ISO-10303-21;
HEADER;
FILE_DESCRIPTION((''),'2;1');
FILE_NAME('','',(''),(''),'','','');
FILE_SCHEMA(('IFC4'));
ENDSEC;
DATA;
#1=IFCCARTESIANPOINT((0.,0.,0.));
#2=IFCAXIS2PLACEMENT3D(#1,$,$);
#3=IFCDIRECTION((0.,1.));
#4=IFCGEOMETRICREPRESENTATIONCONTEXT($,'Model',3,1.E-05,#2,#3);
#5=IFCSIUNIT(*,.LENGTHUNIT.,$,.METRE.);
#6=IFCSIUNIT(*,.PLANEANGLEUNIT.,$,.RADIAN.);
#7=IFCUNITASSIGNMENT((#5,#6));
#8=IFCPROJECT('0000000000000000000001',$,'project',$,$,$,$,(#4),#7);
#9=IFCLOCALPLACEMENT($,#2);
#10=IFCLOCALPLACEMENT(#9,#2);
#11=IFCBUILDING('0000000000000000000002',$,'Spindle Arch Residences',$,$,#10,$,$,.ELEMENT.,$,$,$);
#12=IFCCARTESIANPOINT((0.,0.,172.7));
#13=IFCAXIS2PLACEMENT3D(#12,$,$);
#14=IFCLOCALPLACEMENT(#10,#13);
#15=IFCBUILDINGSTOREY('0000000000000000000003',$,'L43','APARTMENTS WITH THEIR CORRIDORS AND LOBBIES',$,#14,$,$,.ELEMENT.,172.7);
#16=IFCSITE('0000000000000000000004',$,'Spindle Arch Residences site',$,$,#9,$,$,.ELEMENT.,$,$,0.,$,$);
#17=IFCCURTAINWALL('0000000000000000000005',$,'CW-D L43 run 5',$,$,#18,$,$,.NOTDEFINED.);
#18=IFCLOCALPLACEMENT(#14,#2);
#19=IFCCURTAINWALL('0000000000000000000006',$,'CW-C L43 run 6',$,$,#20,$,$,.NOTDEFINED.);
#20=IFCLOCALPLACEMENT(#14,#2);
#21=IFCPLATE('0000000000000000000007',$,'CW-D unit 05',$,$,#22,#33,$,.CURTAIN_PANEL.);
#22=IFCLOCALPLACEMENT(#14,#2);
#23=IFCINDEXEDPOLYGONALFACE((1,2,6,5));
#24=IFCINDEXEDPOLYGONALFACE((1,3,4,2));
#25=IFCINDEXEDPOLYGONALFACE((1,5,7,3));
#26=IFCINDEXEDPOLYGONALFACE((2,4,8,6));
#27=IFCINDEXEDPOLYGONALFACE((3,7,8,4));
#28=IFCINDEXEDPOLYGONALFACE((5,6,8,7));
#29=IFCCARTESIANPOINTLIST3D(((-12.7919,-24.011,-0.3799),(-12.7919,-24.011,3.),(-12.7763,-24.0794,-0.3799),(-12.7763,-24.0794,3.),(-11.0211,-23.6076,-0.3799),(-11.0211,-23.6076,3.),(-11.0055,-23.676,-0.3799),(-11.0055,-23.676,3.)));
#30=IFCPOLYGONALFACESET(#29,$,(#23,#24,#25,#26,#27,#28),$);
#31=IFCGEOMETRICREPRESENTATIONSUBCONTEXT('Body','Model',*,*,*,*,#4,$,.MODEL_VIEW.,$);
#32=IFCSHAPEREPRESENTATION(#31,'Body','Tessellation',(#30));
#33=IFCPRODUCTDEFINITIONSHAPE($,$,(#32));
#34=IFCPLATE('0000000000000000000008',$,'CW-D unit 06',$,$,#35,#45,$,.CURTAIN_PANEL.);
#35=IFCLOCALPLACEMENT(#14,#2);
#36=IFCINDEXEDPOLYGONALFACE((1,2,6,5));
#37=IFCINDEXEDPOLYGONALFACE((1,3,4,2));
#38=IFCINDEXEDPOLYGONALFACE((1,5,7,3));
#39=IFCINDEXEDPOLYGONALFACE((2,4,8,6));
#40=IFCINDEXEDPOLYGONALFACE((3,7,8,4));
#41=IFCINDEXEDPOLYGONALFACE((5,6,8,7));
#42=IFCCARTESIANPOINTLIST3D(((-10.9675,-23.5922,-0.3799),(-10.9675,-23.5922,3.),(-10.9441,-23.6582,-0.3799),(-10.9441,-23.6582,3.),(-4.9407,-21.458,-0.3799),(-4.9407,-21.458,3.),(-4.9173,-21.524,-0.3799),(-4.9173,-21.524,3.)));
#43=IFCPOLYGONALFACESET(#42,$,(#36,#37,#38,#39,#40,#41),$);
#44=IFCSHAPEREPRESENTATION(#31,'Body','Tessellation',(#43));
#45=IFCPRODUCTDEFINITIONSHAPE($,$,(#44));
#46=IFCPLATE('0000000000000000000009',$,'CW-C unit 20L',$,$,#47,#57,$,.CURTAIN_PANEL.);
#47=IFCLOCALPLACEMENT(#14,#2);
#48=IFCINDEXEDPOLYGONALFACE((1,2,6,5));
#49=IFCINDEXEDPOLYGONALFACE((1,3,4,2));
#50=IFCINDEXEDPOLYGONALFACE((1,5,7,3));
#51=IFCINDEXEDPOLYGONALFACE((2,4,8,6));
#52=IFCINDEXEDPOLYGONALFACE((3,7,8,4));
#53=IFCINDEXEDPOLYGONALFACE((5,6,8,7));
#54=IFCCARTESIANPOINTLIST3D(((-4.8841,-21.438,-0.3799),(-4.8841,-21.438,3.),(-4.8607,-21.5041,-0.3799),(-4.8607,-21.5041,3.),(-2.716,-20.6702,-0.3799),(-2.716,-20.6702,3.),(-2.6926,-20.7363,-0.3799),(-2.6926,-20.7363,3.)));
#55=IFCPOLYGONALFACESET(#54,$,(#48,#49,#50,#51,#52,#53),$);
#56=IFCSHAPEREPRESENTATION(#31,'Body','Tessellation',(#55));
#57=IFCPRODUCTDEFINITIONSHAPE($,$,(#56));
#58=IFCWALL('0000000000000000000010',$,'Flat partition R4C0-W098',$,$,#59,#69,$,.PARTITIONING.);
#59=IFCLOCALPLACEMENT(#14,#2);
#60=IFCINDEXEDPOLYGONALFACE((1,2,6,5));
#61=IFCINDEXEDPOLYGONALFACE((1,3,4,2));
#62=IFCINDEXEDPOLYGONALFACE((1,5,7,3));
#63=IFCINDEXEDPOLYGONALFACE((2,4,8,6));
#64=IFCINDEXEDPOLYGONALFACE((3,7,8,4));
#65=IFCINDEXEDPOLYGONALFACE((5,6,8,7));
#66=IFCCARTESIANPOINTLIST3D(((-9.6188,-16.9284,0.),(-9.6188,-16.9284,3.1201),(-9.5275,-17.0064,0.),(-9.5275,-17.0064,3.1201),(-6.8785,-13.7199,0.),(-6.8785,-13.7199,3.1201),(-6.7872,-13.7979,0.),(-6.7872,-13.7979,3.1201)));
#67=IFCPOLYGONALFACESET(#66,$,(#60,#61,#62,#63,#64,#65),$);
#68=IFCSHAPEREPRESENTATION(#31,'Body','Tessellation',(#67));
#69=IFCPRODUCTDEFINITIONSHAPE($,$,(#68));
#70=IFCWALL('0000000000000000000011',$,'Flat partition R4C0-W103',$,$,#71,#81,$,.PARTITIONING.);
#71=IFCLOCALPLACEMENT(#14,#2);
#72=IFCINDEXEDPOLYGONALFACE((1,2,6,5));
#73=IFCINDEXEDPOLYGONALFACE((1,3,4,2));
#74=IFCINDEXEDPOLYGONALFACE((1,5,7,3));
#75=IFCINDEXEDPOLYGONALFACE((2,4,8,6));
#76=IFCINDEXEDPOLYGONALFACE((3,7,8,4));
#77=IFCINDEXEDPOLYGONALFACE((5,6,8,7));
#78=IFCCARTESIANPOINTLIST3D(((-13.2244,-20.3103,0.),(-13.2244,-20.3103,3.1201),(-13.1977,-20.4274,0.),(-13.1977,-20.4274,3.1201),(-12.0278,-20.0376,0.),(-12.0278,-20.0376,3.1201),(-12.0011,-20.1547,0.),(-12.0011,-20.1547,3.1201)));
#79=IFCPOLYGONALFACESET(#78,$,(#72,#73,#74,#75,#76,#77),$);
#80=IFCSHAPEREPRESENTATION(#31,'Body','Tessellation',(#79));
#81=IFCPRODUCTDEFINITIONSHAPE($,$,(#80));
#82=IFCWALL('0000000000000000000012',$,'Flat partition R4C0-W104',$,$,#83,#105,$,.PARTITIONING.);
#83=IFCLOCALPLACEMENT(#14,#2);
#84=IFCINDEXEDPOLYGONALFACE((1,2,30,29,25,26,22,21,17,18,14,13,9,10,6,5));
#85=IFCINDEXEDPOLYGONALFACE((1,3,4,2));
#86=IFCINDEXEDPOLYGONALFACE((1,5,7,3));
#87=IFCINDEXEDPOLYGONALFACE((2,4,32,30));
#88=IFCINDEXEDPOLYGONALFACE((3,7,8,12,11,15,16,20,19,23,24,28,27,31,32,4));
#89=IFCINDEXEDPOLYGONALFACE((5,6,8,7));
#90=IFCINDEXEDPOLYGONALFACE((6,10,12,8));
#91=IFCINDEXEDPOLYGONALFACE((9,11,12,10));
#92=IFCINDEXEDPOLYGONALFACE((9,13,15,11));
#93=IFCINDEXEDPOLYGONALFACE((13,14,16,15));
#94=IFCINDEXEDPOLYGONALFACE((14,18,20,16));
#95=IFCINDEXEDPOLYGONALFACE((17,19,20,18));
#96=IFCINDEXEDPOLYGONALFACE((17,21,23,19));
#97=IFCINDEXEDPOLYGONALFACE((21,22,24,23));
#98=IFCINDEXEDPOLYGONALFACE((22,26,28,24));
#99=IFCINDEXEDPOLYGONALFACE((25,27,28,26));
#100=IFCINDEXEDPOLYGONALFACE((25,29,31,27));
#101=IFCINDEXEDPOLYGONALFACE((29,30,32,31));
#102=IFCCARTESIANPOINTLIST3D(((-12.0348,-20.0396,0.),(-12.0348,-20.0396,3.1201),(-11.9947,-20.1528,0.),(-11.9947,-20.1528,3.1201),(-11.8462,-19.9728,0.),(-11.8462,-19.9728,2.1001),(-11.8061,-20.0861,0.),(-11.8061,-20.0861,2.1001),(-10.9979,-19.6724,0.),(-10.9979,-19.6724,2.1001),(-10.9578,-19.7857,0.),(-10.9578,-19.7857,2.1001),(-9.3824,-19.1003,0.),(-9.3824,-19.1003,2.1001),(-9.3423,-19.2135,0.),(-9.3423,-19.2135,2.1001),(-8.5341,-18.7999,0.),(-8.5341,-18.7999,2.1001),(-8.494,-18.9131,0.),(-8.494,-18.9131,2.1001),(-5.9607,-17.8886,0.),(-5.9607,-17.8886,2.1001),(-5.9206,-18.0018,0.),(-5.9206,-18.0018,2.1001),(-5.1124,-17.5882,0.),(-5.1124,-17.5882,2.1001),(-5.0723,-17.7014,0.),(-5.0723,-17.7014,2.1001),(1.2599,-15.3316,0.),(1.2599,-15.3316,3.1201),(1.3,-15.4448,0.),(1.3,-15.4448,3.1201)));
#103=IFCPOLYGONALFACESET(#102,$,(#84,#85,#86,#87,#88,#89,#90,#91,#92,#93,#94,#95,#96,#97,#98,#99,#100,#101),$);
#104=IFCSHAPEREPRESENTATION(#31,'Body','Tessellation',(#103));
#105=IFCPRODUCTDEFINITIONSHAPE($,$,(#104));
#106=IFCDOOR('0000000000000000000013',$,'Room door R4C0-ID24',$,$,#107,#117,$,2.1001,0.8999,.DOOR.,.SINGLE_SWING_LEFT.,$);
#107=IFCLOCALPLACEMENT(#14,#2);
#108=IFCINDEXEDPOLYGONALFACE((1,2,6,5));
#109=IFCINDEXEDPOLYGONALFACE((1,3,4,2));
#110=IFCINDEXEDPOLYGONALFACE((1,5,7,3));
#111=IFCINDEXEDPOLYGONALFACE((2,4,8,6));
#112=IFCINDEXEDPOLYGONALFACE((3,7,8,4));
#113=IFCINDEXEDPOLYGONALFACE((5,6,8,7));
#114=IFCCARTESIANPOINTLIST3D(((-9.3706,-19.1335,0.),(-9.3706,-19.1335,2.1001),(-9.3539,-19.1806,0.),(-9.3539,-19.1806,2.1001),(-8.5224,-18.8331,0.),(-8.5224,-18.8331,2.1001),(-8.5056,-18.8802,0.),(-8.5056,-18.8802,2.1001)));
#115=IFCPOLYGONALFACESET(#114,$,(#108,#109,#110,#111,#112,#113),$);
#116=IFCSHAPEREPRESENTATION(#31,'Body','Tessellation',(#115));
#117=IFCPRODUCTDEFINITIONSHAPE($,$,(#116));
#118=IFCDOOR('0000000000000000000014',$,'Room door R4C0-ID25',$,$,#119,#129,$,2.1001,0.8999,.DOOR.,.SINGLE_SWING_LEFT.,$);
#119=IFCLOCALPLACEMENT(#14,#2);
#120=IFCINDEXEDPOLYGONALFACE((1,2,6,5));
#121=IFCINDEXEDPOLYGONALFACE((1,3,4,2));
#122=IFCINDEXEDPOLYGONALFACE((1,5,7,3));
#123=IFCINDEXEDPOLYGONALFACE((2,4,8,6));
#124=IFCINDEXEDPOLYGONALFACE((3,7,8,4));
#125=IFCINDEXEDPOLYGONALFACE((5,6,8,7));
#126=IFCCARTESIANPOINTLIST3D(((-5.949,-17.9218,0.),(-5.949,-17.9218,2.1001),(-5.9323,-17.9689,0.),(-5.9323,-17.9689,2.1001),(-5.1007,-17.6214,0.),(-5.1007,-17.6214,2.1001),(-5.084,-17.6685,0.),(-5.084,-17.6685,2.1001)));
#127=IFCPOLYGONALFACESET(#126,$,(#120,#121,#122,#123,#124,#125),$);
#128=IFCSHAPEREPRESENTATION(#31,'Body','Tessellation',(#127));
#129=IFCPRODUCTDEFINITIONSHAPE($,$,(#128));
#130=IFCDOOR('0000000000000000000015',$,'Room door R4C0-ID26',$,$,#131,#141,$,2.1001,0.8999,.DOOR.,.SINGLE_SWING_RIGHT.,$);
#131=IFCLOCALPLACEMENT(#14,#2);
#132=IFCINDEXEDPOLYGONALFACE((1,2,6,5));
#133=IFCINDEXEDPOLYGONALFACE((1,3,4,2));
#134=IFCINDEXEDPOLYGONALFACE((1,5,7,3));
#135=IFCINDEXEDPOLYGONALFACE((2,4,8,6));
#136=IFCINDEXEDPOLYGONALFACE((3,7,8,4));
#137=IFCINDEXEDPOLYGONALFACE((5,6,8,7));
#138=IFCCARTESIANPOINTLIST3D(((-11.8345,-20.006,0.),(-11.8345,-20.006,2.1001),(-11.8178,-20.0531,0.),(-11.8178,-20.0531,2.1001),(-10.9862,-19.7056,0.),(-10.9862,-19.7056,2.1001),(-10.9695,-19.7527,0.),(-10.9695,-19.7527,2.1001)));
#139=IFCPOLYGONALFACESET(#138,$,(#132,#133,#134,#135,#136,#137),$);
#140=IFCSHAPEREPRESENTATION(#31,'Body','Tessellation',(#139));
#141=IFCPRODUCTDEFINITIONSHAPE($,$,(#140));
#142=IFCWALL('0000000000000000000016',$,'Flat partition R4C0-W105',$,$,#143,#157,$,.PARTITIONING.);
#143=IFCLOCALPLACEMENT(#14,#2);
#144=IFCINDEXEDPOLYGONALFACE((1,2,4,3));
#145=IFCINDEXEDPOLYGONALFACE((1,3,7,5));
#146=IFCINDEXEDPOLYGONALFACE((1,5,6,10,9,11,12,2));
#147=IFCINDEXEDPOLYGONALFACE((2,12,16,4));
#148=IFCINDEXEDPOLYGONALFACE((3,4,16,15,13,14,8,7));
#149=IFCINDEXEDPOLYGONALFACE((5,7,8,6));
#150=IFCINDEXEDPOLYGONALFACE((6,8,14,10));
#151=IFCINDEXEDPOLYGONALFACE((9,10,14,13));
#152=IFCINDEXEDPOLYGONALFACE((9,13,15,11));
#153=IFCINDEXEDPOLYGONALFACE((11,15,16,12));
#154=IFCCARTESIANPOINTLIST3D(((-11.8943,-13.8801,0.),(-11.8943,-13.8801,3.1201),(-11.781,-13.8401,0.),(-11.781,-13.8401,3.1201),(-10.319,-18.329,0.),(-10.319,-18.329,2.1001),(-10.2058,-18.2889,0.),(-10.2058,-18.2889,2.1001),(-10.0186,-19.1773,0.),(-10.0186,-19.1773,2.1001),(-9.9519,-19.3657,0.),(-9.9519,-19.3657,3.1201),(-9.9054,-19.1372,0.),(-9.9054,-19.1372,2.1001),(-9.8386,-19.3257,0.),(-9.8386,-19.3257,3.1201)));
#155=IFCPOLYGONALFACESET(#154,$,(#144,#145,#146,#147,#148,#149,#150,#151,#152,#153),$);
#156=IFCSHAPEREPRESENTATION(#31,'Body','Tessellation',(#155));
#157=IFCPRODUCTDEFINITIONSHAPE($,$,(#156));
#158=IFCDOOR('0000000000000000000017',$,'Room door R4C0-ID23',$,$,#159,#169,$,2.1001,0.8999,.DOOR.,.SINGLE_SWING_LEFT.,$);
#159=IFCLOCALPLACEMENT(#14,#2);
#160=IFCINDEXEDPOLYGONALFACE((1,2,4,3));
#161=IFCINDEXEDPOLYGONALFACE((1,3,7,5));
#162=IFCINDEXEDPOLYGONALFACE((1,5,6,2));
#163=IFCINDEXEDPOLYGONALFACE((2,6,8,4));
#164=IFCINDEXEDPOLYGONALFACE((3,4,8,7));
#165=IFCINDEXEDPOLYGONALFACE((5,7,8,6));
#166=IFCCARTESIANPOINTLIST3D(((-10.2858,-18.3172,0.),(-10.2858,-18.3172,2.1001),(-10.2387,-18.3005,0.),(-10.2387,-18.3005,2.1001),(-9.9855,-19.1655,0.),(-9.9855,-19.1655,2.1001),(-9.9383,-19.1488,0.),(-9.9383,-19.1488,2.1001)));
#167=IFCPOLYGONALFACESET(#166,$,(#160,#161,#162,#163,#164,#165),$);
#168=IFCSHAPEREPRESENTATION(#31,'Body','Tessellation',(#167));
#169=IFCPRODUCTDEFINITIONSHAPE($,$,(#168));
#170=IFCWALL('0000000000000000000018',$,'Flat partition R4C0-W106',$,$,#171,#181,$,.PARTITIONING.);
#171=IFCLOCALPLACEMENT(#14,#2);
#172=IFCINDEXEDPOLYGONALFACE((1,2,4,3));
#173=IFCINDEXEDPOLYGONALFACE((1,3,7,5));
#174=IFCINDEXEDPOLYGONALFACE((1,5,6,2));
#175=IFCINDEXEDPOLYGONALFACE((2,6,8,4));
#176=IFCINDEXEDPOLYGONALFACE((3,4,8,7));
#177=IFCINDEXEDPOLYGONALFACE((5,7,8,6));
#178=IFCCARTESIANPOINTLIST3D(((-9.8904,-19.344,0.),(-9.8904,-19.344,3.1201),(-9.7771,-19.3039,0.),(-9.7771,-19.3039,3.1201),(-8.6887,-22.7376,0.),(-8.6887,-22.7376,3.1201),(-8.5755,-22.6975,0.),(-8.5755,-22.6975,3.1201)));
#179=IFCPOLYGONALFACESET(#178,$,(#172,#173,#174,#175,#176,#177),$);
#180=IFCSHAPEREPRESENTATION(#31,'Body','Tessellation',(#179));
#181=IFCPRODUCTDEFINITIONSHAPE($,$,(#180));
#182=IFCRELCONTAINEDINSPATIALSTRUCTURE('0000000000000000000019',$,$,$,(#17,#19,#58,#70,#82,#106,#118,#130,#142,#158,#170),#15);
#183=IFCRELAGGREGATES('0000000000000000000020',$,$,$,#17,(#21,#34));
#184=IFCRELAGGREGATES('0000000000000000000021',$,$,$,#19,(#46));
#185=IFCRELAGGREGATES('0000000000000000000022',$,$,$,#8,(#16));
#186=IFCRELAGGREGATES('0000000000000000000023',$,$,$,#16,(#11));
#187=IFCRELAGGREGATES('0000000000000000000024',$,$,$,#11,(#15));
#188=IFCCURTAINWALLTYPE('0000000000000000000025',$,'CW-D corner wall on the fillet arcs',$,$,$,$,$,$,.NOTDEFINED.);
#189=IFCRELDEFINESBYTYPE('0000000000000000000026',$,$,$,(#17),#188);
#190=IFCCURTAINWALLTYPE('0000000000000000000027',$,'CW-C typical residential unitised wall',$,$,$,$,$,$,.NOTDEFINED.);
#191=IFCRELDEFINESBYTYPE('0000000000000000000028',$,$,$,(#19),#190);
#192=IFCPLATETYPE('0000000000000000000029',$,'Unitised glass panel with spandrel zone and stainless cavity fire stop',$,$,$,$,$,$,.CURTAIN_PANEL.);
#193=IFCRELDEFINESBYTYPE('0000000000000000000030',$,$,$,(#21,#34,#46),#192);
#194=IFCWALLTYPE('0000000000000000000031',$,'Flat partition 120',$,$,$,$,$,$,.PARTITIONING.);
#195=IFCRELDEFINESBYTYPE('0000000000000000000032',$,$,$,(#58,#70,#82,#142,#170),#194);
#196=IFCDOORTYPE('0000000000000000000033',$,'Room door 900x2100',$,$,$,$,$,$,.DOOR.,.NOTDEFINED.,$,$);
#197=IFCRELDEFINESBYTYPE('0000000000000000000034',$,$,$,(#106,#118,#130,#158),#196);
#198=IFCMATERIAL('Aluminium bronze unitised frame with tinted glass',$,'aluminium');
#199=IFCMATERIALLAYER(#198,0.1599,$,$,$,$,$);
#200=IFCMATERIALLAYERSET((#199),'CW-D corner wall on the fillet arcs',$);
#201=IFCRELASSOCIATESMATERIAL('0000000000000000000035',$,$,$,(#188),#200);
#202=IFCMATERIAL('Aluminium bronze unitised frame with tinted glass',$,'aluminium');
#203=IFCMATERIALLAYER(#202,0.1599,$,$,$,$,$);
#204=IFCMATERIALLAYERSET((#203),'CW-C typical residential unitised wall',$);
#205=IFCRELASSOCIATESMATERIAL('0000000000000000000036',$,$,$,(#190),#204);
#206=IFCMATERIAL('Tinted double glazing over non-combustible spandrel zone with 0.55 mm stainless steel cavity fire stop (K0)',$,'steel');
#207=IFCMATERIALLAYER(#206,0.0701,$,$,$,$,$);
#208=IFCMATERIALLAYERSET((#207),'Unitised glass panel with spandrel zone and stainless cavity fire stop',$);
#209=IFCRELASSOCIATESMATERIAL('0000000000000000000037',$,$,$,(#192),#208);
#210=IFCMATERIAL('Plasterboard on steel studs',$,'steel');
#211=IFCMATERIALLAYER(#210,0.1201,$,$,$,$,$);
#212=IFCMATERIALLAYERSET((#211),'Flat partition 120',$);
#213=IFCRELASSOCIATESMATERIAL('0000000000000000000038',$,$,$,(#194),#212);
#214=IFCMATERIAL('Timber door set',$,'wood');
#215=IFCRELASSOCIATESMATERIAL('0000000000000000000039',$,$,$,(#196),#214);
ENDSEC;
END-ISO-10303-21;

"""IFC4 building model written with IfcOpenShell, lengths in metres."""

from ifc_helpers import new_model, si_unit, direction, frame, frame_2d, origin, origin_2d, place, context, subcontext, project, spatial, rectangle, extrude, material, layer, layer_set, type_object, element, fill, aggregate, save


model = new_model("IFC4")

# Units and contexts
model_context = context("Model", 3, precision=1e-05, world=origin(), true_north=direction((0.0, 1.0)))
body_context = subcontext(model_context, "Body", "Model", "MODEL_VIEW")
ifc_project = project(units=[si_unit("LENGTHUNIT", "METRE"), si_unit("PLANEANGLEUNIT", "RADIAN")], contexts=[model_context])

# Site, building, storey
site_placement = place(None, origin())
site = spatial("IfcSite", under=ifc_project, at=site_placement, Name="Spindle Arch Residences site", CompositionType="ELEMENT", RefElevation=0.0)
building_placement = place(site_placement, origin())
building = spatial("IfcBuilding", under=site, at=building_placement, Name="Spindle Arch Residences", CompositionType="ELEMENT")
storey_placement = place(building_placement, frame((0.0, 0.0, 172.7)))
storey = spatial("IfcBuildingStorey", under=building, at=storey_placement, Name="L43", Description="APARTMENTS WITH THEIR CORRIDORS AND LOBBIES", CompositionType="ELEMENT", Elevation=172.7)

# Curtain wall
ifc_material_1 = material(Name="Aluminium bronze unitised frame with tinted glass", Category="aluminium")
ifc_layer_1 = layer(ifc_material_1, 0.1599)
ifc_layer_set_1 = layer_set([ifc_layer_1], Name="CW-D corner wall on the fillet arcs")
curtain_wall_type_1 = type_object("IfcCurtainWallType", Name="CW-D corner wall on the fillet arcs", PredefinedType="NOTDEFINED", material=ifc_layer_set_1)
curtain_wall_1_placement = place(storey_placement, origin())
curtain_wall_1 = element("IfcCurtainWall", 1, at=curtain_wall_1_placement, inside=storey, type_object=curtain_wall_type_1, Name="CW-D L43 run 5", PredefinedType="NOTDEFINED")

# Curtain wall
ifc_material_2 = material(Name="Aluminium bronze unitised frame with tinted glass", Category="aluminium")
ifc_layer_2 = layer(ifc_material_2, 0.1599)
ifc_layer_set_2 = layer_set([ifc_layer_2], Name="CW-C typical residential unitised wall")
curtain_wall_type_2 = type_object("IfcCurtainWallType", Name="CW-C typical residential unitised wall", PredefinedType="NOTDEFINED", material=ifc_layer_set_2)
curtain_wall_2_placement = place(storey_placement, origin())
curtain_wall_2 = element("IfcCurtainWall", 2, at=curtain_wall_2_placement, inside=storey, type_object=curtain_wall_type_2, Name="CW-C L43 run 6", PredefinedType="NOTDEFINED")

# Plates
ifc_material_3 = material(Name="Tinted double glazing over non-combustible spandrel zone with 0.55 mm stainless steel cavity fire stop (K0)", Category="steel")
ifc_layer_3 = layer(ifc_material_3, 0.0701)
ifc_layer_set_3 = layer_set([ifc_layer_3], Name="Unitised glass panel with spandrel zone and stainless cavity fire stop")
plate_type = type_object("IfcPlateType", Name="Unitised glass panel with spandrel zone and stainless cavity fire stop", PredefinedType="CURTAIN_PANEL", material=ifc_layer_set_3)
plate_1_placement = place(storey_placement, frame((-11.8987, -23.8435, -0.3799), z_axis=(0.0, 0.0, 1.0), x_axis=(0.97502, 0.222116, 0.0)))
plate_1 = element("IfcPlate", 3, at=plate_1_placement, type_object=plate_type, Name="CW-D unit 05", PredefinedType="CURTAIN_PANEL", context=body_context, shape_type="SweptSolid", body=[
    extrude(rectangle(XDim=1.8162, YDim=0.0701, at=origin_2d()), origin(), (0.0, 0.0, 1.0), 3.3799),
])
plate_2_placement = place(storey_placement, frame((-7.9424, -22.5581, -0.3799), z_axis=(0.0, 0.0, 1.0), x_axis=(0.942641, 0.333807, 0.0)))
plate_2 = element("IfcPlate", 4, at=plate_2_placement, type_object=plate_type, Name="CW-D unit 06", PredefinedType="CURTAIN_PANEL", context=body_context, shape_type="SweptSolid", body=[
    extrude(rectangle(XDim=6.3936, YDim=0.0701, at=origin_2d()), origin(), (0.0, 0.0, 1.0), 3.3799),
])
aggregate(curtain_wall_1, [plate_1, plate_2])
plate_3_placement = place(storey_placement, frame((-3.7883, -21.0872, -0.3799), z_axis=(0.0, 0.0, 1.0), x_axis=(0.942641, 0.333807, 0.0)))
plate_3 = element("IfcPlate", 5, at=plate_3_placement, type_object=plate_type, Name="CW-C unit 20L", PredefinedType="CURTAIN_PANEL", context=body_context, shape_type="SweptSolid", body=[
    extrude(rectangle(XDim=2.3, YDim=0.0701, at=origin_2d()), origin(), (0.0, 0.0, 1.0), 3.3799),
])
aggregate(curtain_wall_2, [plate_3])

# Walls
ifc_material_4 = material(Name="Plasterboard on steel studs", Category="steel")
ifc_layer_4 = layer(ifc_material_4, 0.1201)
ifc_layer_set_4 = layer_set([ifc_layer_4], Name="Flat partition 120")
wall_type_1 = type_object("IfcWallType", Name="Flat partition 120", PredefinedType="PARTITIONING", material=ifc_layer_set_4)
wall_1_placement = place(storey_placement, frame((-9.5732, -16.9675, 0.0), z_axis=(0.0, 0.0, 1.0), x_axis=(0.649437, 0.760415, 0.0)))
element("IfcWall", 6, at=wall_1_placement, inside=storey, type_object=wall_type_1, Name="Flat partition R4C0-W098", PredefinedType="PARTITIONING", context=body_context, shape_type="SweptSolid", body=[
    extrude(rectangle(XDim=4.2195, YDim=0.1201, at=frame_2d((2.1099, 0.0))), origin(), (0.0, 0.0, 1.0), 3.1201),
])
wall_2_placement = place(storey_placement, frame((-13.2112, -20.3689, 0.0), z_axis=(0.0, 0.0, 1.0), x_axis=(0.974998, 0.222214, 0.0)))
element("IfcWall", 7, at=wall_2_placement, inside=storey, type_object=wall_type_1, Name="Flat partition R4C0-W103", PredefinedType="PARTITIONING", context=body_context, shape_type="SweptSolid", body=[
    extrude(rectangle(XDim=1.2273, YDim=0.1201, at=frame_2d((0.6138, 0.0))), origin(), (0.0, 0.0, 1.0), 3.1201),
])

# Wall, openings, doors
wall_3_placement = place(storey_placement, frame((-12.0146, -20.0962, 0.0), z_axis=(0.0, 0.0, 1.0), x_axis=(0.942639, 0.333814, 0.0)))
wall_3 = element("IfcWall", 8, at=wall_3_placement, inside=storey, type_object=wall_type_1, Name="Flat partition R4C0-W104", PredefinedType="PARTITIONING", context=body_context, shape_type="SweptSolid", body=[
    extrude(rectangle(XDim=14.1038, YDim=0.1201, at=frame_2d((7.0518, 0.0))), origin(), (0.0, 0.0, 1.0), 3.1201),
])
opening_1_placement = place(wall_3_placement, frame((2.8137, 0.0, 0.0)))
opening_1 = element("IfcOpeningElement", 9, at=opening_1_placement, cuts=wall_3, PredefinedType="OPENING", context=body_context, shape_type="SweptSolid", body=[
    extrude(rectangle(XDim=0.8999, YDim=2.1001, at=frame_2d((0.45, 1.05))), frame((0.0, 0.0701, 0.0), z_axis=(0.0, -1.0, 0.0), x_axis=(1.0, 0.0, 0.0)), (0.0, 0.0, 1.0), 0.1401),
])
opening_2_placement = place(wall_3_placement, frame((6.4436, 0.0, 0.0)))
opening_2 = element("IfcOpeningElement", 10, at=opening_2_placement, cuts=wall_3, PredefinedType="OPENING", context=body_context, shape_type="SweptSolid", body=[
    extrude(rectangle(XDim=0.8999, YDim=2.1001, at=frame_2d((0.45, 1.05))), frame((0.0, 0.0701, 0.0), z_axis=(0.0, -1.0, 0.0), x_axis=(1.0, 0.0, 0.0)), (0.0, 0.0, 1.0), 0.1401),
])
opening_3_placement = place(wall_3_placement, frame((0.2, 0.0, 0.0)))
opening_3 = element("IfcOpeningElement", 11, at=opening_3_placement, cuts=wall_3, PredefinedType="OPENING", context=body_context, shape_type="SweptSolid", body=[
    extrude(rectangle(XDim=0.8999, YDim=2.1001, at=frame_2d((0.45, 1.05))), frame((0.0, 0.0701, 0.0), z_axis=(0.0, -1.0, 0.0), x_axis=(1.0, 0.0, 0.0)), (0.0, 0.0, 1.0), 0.1401),
])
ifc_material_5 = material(Name="Timber door set", Category="wood")
door_type_1 = type_object("IfcDoorType", Name="Room door 900x2100", OperationType="NOTDEFINED", PredefinedType="DOOR", material=ifc_material_5)
door_1_placement = place(opening_1_placement, origin())
door_1 = element("IfcDoor", 12, at=door_1_placement, inside=storey, type_object=door_type_1, Name="Room door R4C0-ID24", OperationType="SINGLE_SWING_LEFT", OverallHeight=2.1001, OverallWidth=0.8999, PredefinedType="DOOR", context=body_context, shape_type="SweptSolid", body=[
    extrude(rectangle(XDim=0.8999, YDim=2.1001, at=frame_2d((0.45, 1.05))), frame((0.0, 0.0249, 0.0), z_axis=(0.0, -1.0, 0.0), x_axis=(1.0, 0.0, 0.0)), (0.0, 0.0, 1.0), 0.05),
])
fill(opening_1, door_1)
door_2_placement = place(opening_2_placement, origin())
door_2 = element("IfcDoor", 13, at=door_2_placement, inside=storey, type_object=door_type_1, Name="Room door R4C0-ID25", OperationType="SINGLE_SWING_LEFT", OverallHeight=2.1001, OverallWidth=0.8999, PredefinedType="DOOR", context=body_context, shape_type="SweptSolid", body=[
    extrude(rectangle(XDim=0.8999, YDim=2.1001, at=frame_2d((0.45, 1.05))), frame((0.0, 0.0249, 0.0), z_axis=(0.0, -1.0, 0.0), x_axis=(1.0, 0.0, 0.0)), (0.0, 0.0, 1.0), 0.05),
])
fill(opening_2, door_2)
door_3_placement = place(opening_3_placement, origin())
door_3 = element("IfcDoor", 14, at=door_3_placement, inside=storey, type_object=door_type_1, Name="Room door R4C0-ID26", OperationType="SINGLE_SWING_RIGHT", OverallHeight=2.1001, OverallWidth=0.8999, PredefinedType="DOOR", context=body_context, shape_type="SweptSolid", body=[
    extrude(rectangle(XDim=0.8999, YDim=2.1001, at=frame_2d((0.45, 1.05))), frame((0.0, 0.0249, 0.0), z_axis=(0.0, -1.0, 0.0), x_axis=(1.0, 0.0, 0.0)), (0.0, 0.0, 1.0), 0.05),
])
fill(opening_3, door_3)

# Wall, opening, door
wall_4_placement = place(storey_placement, frame((-9.8953, -19.3457, 0.0), z_axis=(0.0, 0.0, 1.0), x_axis=(-0.333781, 0.942651, 0.0)))
wall_4 = element("IfcWall", 15, at=wall_4_placement, inside=storey, type_object=wall_type_1, Name="Flat partition R4C0-W105", PredefinedType="PARTITIONING", context=body_context, shape_type="SweptSolid", body=[
    extrude(rectangle(XDim=5.8193, YDim=0.1201, at=frame_2d((2.9097, 0.0))), origin(), (0.0, 0.0, 1.0), 3.1201),
])
opening_4_placement = place(wall_4_placement, frame((0.2, 0.0, 0.0)))
opening_4 = element("IfcOpeningElement", 16, at=opening_4_placement, cuts=wall_4, PredefinedType="OPENING", context=body_context, shape_type="SweptSolid", body=[
    extrude(rectangle(XDim=0.8999, YDim=2.1001, at=frame_2d((0.45, 1.05))), frame((0.0, 0.0701, 0.0), z_axis=(0.0, -1.0, 0.0), x_axis=(1.0, 0.0, 0.0)), (0.0, 0.0, 1.0), 0.1401),
])
door_4_placement = place(opening_4_placement, origin())
door_4 = element("IfcDoor", 17, at=door_4_placement, inside=storey, type_object=door_type_1, Name="Room door R4C0-ID23", OperationType="SINGLE_SWING_LEFT", OverallHeight=2.1001, OverallWidth=0.8999, PredefinedType="DOOR", context=body_context, shape_type="SweptSolid", body=[
    extrude(rectangle(XDim=0.8999, YDim=2.1001, at=frame_2d((0.45, 1.05))), frame((0.0, 0.0249, 0.0), z_axis=(0.0, -1.0, 0.0), x_axis=(1.0, 0.0, 0.0)), (0.0, 0.0, 1.0), 0.05),
])
fill(opening_4, door_4)

# Wall
wall_5_placement = place(storey_placement, frame((-8.6321, -22.7175, 0.0), z_axis=(0.0, 0.0, 1.0), x_axis=(-0.333792, 0.942647, 0.0)))
element("IfcWall", 18, at=wall_5_placement, inside=storey, type_object=wall_type_1, Name="Flat partition R4C0-W106", PredefinedType="PARTITIONING", context=body_context, shape_type="SweptSolid", body=[
    extrude(rectangle(XDim=3.6001, YDim=0.1201, at=frame_2d((1.8, 0.0))), origin(), (0.0, 0.0, 1.0), 3.1201),
])

save(model, "model.ifc")
